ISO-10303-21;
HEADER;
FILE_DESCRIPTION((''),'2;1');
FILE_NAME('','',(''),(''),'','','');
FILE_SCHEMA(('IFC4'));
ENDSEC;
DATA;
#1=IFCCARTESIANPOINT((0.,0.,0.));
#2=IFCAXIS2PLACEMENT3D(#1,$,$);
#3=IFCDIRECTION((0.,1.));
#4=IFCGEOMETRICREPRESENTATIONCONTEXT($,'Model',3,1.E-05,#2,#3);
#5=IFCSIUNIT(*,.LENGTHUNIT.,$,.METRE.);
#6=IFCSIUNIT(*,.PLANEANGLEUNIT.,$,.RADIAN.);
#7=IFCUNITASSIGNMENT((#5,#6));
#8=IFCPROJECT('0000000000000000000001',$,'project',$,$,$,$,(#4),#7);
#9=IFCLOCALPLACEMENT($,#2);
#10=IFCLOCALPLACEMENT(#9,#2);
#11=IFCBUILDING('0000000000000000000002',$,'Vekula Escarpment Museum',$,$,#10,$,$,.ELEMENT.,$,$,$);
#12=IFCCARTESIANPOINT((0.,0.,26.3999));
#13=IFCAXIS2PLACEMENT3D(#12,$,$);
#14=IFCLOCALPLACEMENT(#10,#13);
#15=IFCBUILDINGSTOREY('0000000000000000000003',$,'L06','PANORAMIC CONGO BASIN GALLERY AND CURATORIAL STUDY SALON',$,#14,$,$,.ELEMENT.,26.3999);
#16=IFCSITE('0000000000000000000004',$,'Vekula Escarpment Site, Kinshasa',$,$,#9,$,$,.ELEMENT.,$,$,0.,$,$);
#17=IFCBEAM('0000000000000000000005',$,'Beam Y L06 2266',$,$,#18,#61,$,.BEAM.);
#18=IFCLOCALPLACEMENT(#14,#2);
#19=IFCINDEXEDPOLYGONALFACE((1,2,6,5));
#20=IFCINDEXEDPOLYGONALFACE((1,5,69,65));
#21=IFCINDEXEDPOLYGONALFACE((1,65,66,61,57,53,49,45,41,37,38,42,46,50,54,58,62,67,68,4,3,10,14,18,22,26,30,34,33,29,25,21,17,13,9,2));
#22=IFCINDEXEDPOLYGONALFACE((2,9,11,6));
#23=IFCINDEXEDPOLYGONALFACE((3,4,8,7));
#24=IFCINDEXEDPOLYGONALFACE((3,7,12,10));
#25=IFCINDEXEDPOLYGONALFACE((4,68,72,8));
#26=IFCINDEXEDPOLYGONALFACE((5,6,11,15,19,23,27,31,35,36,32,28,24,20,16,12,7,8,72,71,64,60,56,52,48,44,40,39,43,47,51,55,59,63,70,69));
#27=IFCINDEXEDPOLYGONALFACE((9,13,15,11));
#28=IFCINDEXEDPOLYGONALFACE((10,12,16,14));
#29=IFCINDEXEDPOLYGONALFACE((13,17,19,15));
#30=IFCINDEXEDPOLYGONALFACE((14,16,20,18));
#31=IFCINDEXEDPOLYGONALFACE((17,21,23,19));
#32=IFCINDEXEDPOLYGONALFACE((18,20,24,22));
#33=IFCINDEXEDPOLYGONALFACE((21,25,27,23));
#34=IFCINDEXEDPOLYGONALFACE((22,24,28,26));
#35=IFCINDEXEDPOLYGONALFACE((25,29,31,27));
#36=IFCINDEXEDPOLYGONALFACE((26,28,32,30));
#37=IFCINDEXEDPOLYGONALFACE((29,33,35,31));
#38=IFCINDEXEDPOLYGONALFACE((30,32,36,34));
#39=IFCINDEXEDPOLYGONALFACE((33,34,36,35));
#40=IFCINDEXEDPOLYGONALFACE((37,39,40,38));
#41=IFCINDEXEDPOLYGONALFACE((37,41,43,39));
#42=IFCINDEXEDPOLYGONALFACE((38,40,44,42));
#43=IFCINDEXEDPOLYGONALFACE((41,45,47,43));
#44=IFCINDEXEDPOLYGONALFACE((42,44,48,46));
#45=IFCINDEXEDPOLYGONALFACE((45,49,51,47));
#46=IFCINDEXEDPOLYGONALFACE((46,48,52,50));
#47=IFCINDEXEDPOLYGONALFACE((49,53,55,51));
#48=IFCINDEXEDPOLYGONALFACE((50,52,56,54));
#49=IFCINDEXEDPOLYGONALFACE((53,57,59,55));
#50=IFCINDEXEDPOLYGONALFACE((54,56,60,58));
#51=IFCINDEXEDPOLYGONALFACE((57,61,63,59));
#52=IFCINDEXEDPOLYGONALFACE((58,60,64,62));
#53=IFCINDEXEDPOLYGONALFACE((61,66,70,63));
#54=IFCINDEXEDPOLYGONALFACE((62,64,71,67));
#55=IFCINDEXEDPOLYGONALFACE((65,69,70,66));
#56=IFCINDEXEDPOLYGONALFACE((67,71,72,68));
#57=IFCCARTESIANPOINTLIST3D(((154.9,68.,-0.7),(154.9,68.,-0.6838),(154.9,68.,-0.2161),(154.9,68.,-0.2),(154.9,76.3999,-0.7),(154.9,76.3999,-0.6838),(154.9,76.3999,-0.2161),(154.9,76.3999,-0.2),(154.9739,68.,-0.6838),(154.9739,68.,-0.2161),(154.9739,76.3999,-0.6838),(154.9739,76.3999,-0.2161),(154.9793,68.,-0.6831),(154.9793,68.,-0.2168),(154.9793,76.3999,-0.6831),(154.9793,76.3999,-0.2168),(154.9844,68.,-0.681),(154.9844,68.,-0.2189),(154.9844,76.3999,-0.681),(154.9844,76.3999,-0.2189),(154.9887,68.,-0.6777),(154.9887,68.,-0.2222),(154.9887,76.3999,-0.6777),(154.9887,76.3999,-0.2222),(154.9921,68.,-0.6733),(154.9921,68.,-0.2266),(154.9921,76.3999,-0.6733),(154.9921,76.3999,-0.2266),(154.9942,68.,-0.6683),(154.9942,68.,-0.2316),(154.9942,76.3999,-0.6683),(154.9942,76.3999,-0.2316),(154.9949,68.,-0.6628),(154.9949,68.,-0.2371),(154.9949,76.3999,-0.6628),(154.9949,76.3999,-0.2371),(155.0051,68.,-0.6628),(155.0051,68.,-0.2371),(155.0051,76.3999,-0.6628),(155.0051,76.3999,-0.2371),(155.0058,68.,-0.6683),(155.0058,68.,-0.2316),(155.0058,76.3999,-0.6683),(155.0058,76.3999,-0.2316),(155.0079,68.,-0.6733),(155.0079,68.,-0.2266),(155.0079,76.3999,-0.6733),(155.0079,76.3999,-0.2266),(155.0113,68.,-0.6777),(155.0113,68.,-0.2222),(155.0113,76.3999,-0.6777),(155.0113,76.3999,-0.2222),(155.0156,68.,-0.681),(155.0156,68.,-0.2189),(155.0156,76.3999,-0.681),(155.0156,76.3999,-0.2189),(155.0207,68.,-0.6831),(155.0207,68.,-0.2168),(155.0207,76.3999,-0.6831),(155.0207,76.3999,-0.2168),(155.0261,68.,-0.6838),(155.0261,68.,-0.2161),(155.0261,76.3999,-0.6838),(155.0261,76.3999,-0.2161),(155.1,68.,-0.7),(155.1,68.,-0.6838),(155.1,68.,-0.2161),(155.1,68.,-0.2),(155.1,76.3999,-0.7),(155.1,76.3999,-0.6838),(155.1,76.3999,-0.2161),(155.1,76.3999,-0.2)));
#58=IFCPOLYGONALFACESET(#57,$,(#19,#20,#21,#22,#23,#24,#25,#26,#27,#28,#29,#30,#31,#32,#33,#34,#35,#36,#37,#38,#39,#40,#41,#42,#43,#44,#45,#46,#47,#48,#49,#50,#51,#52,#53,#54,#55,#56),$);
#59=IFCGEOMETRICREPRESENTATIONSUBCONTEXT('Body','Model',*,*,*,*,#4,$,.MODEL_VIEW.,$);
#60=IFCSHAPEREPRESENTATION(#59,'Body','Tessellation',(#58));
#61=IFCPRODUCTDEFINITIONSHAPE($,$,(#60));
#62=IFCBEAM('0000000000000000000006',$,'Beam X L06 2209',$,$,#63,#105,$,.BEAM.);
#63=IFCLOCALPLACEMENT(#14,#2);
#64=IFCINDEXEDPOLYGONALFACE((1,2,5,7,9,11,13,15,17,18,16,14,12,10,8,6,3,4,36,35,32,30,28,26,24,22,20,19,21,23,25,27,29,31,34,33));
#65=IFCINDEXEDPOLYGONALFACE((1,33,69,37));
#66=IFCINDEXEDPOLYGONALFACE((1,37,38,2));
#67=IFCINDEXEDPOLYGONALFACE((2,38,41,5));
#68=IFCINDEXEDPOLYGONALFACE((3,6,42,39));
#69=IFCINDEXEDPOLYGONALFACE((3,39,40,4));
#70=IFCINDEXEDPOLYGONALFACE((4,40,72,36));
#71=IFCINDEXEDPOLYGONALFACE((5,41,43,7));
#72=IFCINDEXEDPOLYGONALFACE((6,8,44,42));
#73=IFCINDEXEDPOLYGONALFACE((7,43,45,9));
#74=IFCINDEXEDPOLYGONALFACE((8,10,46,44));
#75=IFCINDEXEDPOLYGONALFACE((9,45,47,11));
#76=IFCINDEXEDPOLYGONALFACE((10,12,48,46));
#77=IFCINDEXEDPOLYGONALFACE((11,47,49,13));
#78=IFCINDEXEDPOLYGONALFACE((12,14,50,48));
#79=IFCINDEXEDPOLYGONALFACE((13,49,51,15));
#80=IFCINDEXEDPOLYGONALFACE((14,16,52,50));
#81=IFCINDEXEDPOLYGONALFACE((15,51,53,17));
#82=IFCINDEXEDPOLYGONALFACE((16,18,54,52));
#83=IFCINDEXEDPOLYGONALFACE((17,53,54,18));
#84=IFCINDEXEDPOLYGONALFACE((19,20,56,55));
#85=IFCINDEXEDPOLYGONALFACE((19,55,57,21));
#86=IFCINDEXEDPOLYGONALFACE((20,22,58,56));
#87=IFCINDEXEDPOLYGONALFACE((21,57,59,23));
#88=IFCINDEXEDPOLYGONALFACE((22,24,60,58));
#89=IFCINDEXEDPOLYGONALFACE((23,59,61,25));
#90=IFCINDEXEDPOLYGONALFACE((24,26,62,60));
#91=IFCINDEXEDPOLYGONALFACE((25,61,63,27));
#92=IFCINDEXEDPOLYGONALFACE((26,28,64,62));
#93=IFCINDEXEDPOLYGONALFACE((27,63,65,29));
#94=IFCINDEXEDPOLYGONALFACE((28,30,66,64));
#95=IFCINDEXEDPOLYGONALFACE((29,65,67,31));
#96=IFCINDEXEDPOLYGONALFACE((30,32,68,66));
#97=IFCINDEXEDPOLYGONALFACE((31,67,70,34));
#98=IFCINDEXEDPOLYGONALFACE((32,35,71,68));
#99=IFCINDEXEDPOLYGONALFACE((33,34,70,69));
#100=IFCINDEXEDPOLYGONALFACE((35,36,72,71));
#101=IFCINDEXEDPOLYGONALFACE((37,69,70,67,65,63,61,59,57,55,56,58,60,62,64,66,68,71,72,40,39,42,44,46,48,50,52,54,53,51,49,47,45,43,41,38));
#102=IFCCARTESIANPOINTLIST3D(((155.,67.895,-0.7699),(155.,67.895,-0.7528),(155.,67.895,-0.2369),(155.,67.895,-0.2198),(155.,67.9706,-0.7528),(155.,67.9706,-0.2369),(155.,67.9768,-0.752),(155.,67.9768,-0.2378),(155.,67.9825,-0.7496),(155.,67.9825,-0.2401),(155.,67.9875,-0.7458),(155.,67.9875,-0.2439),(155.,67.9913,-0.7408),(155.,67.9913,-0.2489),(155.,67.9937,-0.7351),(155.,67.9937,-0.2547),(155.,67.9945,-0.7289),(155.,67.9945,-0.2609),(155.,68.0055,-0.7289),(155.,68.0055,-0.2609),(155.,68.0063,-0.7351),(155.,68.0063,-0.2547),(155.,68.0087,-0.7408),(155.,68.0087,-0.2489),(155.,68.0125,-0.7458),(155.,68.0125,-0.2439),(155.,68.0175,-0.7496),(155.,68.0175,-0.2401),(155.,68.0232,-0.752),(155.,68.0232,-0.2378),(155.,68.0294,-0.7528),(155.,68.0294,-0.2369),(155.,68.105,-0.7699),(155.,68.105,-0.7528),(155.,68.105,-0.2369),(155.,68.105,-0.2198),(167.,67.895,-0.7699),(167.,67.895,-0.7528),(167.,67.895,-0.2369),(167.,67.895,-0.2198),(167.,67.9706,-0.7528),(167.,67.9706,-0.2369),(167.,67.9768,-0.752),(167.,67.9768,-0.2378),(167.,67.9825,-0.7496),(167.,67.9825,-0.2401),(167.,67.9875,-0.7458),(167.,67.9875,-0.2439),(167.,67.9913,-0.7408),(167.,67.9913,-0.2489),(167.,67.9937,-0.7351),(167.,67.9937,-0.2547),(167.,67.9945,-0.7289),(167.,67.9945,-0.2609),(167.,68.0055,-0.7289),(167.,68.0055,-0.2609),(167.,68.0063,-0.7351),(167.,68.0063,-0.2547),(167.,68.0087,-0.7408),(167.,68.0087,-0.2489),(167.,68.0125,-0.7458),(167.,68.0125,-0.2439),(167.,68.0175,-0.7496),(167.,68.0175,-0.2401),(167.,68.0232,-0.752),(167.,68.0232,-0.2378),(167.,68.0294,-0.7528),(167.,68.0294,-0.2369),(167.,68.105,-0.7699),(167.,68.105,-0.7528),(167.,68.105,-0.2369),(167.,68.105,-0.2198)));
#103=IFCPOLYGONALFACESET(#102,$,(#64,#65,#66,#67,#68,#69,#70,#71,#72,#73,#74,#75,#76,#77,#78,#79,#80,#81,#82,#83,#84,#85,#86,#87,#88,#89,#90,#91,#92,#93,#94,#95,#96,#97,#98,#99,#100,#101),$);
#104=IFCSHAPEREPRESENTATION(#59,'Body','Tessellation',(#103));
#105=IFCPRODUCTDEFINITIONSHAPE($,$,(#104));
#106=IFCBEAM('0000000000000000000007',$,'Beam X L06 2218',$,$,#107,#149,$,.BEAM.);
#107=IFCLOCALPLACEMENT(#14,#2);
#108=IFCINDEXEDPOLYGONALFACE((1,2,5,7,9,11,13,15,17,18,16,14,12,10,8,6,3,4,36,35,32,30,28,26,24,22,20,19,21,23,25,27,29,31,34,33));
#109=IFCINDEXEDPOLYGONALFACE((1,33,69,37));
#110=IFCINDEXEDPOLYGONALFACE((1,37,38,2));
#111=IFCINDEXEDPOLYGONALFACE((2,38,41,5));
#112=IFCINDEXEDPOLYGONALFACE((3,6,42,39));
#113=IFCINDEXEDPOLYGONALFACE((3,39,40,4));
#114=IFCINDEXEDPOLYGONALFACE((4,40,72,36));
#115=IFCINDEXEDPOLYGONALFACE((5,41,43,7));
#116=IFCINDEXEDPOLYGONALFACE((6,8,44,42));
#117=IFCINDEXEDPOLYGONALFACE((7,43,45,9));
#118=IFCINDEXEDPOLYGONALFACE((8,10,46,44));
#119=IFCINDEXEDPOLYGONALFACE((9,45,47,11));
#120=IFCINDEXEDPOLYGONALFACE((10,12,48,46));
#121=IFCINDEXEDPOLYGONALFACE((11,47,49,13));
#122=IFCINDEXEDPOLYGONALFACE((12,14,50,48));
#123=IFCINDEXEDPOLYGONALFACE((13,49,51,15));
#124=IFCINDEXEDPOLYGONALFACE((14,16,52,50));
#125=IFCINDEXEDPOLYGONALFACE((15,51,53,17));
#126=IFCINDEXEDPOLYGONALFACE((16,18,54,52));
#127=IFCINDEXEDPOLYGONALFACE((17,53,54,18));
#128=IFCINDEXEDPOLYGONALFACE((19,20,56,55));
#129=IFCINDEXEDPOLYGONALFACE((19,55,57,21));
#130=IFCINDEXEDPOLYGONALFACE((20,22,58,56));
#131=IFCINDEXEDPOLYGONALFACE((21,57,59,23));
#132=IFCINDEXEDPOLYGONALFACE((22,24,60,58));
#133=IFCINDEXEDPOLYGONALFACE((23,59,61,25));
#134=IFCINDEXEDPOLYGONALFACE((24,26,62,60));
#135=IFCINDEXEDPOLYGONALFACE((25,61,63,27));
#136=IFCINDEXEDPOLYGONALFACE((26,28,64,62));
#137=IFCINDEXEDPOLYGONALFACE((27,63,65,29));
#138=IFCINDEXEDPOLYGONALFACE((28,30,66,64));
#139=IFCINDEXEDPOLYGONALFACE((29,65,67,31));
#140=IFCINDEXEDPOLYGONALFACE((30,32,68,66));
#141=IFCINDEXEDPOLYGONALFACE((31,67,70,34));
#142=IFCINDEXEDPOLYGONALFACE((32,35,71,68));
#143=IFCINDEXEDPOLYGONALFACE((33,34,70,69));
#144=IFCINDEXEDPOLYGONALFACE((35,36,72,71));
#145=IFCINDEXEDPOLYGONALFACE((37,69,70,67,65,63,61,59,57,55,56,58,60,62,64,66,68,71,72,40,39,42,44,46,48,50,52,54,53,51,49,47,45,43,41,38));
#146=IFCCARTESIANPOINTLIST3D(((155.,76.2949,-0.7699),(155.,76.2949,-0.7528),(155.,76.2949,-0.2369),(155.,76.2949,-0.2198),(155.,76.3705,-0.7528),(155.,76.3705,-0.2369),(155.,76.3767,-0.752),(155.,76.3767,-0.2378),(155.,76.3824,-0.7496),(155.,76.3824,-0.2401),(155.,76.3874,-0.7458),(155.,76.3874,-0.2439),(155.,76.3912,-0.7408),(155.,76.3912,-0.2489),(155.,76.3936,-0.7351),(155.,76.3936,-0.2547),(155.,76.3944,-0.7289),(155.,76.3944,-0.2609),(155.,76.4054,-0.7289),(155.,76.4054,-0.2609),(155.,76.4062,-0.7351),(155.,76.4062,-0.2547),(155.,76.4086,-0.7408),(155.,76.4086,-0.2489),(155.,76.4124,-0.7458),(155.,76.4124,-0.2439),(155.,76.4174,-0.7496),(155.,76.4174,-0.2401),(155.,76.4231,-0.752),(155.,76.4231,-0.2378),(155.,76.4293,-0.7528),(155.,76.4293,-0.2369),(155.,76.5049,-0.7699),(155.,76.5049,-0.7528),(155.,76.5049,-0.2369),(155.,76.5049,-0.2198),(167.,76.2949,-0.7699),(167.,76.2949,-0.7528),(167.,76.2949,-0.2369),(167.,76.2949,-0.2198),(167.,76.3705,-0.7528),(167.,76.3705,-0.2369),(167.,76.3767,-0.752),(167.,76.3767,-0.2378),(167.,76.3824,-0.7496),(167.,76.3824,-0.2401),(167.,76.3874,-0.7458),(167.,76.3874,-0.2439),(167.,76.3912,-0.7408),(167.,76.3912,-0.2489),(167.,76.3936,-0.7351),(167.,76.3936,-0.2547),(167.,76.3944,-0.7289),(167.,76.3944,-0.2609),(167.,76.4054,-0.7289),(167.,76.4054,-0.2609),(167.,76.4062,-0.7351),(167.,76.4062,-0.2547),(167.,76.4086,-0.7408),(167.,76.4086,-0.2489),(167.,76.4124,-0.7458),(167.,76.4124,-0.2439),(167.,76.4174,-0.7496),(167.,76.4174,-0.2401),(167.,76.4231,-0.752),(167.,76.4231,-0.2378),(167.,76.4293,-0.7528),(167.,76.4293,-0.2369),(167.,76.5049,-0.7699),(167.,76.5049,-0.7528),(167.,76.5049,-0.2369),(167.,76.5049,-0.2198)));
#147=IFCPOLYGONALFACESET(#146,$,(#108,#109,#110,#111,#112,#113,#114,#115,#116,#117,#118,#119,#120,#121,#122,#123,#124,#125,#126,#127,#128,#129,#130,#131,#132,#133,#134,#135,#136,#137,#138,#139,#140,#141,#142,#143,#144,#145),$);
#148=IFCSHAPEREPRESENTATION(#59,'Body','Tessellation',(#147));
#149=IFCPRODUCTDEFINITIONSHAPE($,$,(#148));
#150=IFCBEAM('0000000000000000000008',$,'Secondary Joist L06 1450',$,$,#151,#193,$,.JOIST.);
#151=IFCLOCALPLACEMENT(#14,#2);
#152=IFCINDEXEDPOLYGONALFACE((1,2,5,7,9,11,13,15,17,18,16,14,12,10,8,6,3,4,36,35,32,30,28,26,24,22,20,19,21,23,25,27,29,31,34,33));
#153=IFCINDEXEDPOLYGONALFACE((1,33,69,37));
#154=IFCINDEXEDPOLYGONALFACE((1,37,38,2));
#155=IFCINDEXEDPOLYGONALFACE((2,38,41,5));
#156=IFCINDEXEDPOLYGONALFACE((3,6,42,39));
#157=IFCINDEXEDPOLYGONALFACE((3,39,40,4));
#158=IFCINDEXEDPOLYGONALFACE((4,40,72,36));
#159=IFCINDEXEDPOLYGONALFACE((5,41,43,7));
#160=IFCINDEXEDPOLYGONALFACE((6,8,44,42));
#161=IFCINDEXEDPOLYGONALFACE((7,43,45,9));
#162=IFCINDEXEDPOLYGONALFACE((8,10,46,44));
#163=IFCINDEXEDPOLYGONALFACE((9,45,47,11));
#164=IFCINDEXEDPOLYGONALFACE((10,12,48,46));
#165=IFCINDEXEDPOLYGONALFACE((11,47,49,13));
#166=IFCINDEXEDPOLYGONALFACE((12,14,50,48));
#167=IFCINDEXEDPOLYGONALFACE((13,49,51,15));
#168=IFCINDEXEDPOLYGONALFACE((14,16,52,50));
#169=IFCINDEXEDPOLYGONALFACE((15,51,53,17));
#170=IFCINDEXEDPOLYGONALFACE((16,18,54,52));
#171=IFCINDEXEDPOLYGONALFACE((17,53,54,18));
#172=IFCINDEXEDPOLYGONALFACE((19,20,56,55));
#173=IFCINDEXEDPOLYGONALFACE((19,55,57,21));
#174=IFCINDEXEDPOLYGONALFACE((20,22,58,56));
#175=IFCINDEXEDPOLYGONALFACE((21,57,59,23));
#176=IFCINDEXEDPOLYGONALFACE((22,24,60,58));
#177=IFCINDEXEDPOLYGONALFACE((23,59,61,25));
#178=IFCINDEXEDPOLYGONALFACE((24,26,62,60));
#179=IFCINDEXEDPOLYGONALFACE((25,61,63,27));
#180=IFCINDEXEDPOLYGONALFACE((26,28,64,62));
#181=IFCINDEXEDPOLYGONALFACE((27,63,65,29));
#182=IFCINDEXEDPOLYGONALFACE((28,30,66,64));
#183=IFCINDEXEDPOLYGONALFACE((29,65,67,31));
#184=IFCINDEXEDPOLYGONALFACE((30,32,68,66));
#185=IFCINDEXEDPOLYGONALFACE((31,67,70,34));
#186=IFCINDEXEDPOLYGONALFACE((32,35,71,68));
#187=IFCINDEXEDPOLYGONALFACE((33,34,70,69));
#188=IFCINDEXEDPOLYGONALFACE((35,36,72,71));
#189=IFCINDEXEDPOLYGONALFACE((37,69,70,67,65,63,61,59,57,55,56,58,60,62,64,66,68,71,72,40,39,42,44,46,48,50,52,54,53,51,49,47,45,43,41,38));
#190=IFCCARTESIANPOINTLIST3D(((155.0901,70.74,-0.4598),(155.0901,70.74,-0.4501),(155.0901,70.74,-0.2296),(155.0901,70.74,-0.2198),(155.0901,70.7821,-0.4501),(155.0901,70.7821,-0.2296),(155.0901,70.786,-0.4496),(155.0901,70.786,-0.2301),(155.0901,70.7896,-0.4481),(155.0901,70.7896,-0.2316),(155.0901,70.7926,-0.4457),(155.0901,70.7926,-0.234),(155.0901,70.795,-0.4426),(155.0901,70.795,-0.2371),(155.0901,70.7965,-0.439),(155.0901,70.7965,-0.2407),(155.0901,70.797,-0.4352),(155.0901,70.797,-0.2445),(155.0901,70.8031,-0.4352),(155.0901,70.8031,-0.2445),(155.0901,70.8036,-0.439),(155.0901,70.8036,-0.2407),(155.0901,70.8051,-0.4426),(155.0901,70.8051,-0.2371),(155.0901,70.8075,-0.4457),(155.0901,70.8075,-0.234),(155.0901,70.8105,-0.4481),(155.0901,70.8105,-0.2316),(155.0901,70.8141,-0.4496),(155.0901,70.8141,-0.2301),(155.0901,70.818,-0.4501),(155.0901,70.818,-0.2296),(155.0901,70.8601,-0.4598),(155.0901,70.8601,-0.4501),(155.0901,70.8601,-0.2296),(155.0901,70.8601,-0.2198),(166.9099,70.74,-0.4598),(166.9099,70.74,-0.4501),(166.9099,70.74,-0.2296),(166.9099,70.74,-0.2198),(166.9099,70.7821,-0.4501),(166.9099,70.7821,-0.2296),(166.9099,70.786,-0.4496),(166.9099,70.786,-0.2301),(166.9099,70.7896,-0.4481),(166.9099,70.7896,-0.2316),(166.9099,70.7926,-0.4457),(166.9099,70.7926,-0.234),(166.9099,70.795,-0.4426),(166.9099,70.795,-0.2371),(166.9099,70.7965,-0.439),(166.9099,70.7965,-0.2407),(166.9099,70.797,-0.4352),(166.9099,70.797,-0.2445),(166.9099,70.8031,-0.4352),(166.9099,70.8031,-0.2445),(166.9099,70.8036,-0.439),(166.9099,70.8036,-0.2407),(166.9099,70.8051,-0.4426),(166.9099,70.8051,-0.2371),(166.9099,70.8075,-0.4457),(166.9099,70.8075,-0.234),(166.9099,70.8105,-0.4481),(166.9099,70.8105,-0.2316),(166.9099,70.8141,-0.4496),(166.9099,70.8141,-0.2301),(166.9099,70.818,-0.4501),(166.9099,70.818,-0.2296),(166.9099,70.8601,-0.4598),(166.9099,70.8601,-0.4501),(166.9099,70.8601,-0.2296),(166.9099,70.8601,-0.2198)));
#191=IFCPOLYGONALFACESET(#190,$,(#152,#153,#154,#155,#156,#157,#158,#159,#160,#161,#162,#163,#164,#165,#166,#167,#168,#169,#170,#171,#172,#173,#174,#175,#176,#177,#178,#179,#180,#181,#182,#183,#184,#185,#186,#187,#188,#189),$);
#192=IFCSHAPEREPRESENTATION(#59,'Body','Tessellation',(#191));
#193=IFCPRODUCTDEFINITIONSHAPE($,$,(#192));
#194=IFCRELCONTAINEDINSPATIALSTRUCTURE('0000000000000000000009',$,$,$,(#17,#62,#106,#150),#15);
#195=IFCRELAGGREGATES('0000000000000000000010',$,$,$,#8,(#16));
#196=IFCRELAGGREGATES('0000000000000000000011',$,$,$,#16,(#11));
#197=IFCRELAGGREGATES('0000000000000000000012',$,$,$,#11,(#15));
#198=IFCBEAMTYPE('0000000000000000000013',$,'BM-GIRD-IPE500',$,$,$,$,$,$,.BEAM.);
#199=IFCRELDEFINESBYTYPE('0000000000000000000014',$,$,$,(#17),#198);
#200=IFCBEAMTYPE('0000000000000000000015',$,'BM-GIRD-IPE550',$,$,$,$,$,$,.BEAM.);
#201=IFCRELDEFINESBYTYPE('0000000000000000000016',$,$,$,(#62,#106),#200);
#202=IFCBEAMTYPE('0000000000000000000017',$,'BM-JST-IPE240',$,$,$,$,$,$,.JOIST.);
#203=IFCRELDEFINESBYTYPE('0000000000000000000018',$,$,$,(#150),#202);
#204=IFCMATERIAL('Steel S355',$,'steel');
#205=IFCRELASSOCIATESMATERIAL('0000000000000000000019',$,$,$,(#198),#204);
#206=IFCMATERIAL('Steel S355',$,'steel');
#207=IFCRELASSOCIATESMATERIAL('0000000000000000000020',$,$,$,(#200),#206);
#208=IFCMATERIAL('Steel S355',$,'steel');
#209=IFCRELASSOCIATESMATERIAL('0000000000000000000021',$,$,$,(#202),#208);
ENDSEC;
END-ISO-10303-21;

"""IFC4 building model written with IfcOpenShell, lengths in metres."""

from ifc_helpers import new_model, si_unit, direction, frame, origin, origin_2d, place, context, subcontext, project, spatial, i_section, extrude, material, material_profile, profile_set, type_object, element, save


model = new_model("IFC4")

# Units and contexts
model_context = context("Model", 3, precision=1e-05, world=origin(), true_north=direction((0.0, 1.0)))
body_context = subcontext(model_context, "Body", "Model", "MODEL_VIEW")
ifc_project = project(units=[si_unit("LENGTHUNIT", "METRE"), si_unit("PLANEANGLEUNIT", "RADIAN")], contexts=[model_context])

# Site, building, storey
site_placement = place(None, origin())
site = spatial("IfcSite", under=ifc_project, at=site_placement, Name="Vekula Escarpment Site, Kinshasa", CompositionType="ELEMENT", RefElevation=0.0)
building_placement = place(site_placement, origin())
building = spatial("IfcBuilding", under=site, at=building_placement, Name="Vekula Escarpment Museum", CompositionType="ELEMENT")
storey_placement = place(building_placement, frame((0.0, 0.0, 26.3999)))
storey = spatial("IfcBuildingStorey", under=building, at=storey_placement, Name="L06", Description="PANORAMIC CONGO BASIN GALLERY AND CURATORIAL STUDY SALON", CompositionType="ELEMENT", Elevation=26.3999)

# Beams
ifc_material_1 = material(Name="Steel S355", Category="steel")
ifc_material_profile_1 = material_profile(ifc_material_1, i_section(OverallWidth=0.2, OverallDepth=0.5, WebThickness=0.0103, FlangeThickness=0.0161, FilletRadius=0.021, at=origin_2d()), Name="IPE 500")
ifc_profile_set_1 = profile_set([ifc_material_profile_1], Name="Steel S355")
beam_type_1 = type_object("IfcBeamType", Name="BM-GIRD-IPE500", PredefinedType="BEAM", material=ifc_profile_set_1)
beam_1_placement = place(storey_placement, frame((155.0, 68.0, -0.45), z_axis=(0.0, 1.0, 0.0), x_axis=(-1.0, 0.0, 0.0)))
element("IfcBeam", 1, at=beam_1_placement, inside=storey, type_object=beam_type_1, Name="Beam Y L06 2266", PredefinedType="BEAM", context=body_context, shape_type="SweptSolid", body=[
    extrude(i_section(OverallWidth=0.2, OverallDepth=0.5, WebThickness=0.0103, FlangeThickness=0.0161, FilletRadius=0.021, at=origin_2d()), origin(), (0.0, 0.0, 1.0), 8.3999),
])
ifc_material_2 = material(Name="Steel S355", Category="steel")
ifc_material_profile_2 = material_profile(ifc_material_2, i_section(OverallWidth=0.21, OverallDepth=0.55, WebThickness=0.011, FlangeThickness=0.0171, FilletRadius=0.0239, at=origin_2d()), Name="IPE 550")
ifc_profile_set_2 = profile_set([ifc_material_profile_2], Name="Steel S355")
beam_type_2 = type_object("IfcBeamType", Name="BM-GIRD-IPE550", PredefinedType="BEAM", material=ifc_profile_set_2)
for number, where, z_axis, x_axis, name in (
    (2, (155.0, 68.0, -0.4949), (1.0, 0.0, 0.0), (0.0, 1.0, 0.0), "Beam X L06 2209"),
    (3, (155.0, 76.3999, -0.4949), (1.0, 0.0, 0.0), (0.0, 1.0, 0.0), "Beam X L06 2218"),
):
    element("IfcBeam", number, at=place(storey_placement, frame(where, z_axis=z_axis, x_axis=x_axis)), inside=storey, type_object=beam_type_2, Name=name, PredefinedType="BEAM", context=body_context, shape_type="SweptSolid", body=[
        extrude(i_section(OverallWidth=0.21, OverallDepth=0.55, WebThickness=0.011, FlangeThickness=0.0171, FilletRadius=0.0239, at=origin_2d()), origin(), (0.0, 0.0, 1.0), 12.0),
    ])
ifc_material_3 = material(Name="Steel S355", Category="steel")
ifc_material_profile_3 = material_profile(ifc_material_3, i_section(OverallWidth=0.1201, OverallDepth=0.24, WebThickness=0.0061, FlangeThickness=0.0098, FilletRadius=0.0149, at=origin_2d()), Name="IPE 240")
ifc_profile_set_3 = profile_set([ifc_material_profile_3], Name="Steel S355")
beam_type_3 = type_object("IfcBeamType", Name="BM-JST-IPE240", PredefinedType="JOIST", material=ifc_profile_set_3)
for number, where, z_axis, x_axis, name in (
    (4, (155.0901, 70.8, -0.3398), (1.0, 0.0, 0.0), (0.0, 1.0, 0.0), "Secondary Joist L06 1450"),
):
    element("IfcBeam", number, at=place(storey_placement, frame(where, z_axis=z_axis, x_axis=x_axis)), inside=storey, type_object=beam_type_3, Name=name, PredefinedType="JOIST", context=body_context, shape_type="SweptSolid", body=[
        extrude(i_section(OverallWidth=0.1201, OverallDepth=0.24, WebThickness=0.0061, FlangeThickness=0.0098, FilletRadius=0.0149, at=origin_2d()), origin(), (0.0, 0.0, 1.0), 11.8198),
    ])

save(model, "model.ifc")
